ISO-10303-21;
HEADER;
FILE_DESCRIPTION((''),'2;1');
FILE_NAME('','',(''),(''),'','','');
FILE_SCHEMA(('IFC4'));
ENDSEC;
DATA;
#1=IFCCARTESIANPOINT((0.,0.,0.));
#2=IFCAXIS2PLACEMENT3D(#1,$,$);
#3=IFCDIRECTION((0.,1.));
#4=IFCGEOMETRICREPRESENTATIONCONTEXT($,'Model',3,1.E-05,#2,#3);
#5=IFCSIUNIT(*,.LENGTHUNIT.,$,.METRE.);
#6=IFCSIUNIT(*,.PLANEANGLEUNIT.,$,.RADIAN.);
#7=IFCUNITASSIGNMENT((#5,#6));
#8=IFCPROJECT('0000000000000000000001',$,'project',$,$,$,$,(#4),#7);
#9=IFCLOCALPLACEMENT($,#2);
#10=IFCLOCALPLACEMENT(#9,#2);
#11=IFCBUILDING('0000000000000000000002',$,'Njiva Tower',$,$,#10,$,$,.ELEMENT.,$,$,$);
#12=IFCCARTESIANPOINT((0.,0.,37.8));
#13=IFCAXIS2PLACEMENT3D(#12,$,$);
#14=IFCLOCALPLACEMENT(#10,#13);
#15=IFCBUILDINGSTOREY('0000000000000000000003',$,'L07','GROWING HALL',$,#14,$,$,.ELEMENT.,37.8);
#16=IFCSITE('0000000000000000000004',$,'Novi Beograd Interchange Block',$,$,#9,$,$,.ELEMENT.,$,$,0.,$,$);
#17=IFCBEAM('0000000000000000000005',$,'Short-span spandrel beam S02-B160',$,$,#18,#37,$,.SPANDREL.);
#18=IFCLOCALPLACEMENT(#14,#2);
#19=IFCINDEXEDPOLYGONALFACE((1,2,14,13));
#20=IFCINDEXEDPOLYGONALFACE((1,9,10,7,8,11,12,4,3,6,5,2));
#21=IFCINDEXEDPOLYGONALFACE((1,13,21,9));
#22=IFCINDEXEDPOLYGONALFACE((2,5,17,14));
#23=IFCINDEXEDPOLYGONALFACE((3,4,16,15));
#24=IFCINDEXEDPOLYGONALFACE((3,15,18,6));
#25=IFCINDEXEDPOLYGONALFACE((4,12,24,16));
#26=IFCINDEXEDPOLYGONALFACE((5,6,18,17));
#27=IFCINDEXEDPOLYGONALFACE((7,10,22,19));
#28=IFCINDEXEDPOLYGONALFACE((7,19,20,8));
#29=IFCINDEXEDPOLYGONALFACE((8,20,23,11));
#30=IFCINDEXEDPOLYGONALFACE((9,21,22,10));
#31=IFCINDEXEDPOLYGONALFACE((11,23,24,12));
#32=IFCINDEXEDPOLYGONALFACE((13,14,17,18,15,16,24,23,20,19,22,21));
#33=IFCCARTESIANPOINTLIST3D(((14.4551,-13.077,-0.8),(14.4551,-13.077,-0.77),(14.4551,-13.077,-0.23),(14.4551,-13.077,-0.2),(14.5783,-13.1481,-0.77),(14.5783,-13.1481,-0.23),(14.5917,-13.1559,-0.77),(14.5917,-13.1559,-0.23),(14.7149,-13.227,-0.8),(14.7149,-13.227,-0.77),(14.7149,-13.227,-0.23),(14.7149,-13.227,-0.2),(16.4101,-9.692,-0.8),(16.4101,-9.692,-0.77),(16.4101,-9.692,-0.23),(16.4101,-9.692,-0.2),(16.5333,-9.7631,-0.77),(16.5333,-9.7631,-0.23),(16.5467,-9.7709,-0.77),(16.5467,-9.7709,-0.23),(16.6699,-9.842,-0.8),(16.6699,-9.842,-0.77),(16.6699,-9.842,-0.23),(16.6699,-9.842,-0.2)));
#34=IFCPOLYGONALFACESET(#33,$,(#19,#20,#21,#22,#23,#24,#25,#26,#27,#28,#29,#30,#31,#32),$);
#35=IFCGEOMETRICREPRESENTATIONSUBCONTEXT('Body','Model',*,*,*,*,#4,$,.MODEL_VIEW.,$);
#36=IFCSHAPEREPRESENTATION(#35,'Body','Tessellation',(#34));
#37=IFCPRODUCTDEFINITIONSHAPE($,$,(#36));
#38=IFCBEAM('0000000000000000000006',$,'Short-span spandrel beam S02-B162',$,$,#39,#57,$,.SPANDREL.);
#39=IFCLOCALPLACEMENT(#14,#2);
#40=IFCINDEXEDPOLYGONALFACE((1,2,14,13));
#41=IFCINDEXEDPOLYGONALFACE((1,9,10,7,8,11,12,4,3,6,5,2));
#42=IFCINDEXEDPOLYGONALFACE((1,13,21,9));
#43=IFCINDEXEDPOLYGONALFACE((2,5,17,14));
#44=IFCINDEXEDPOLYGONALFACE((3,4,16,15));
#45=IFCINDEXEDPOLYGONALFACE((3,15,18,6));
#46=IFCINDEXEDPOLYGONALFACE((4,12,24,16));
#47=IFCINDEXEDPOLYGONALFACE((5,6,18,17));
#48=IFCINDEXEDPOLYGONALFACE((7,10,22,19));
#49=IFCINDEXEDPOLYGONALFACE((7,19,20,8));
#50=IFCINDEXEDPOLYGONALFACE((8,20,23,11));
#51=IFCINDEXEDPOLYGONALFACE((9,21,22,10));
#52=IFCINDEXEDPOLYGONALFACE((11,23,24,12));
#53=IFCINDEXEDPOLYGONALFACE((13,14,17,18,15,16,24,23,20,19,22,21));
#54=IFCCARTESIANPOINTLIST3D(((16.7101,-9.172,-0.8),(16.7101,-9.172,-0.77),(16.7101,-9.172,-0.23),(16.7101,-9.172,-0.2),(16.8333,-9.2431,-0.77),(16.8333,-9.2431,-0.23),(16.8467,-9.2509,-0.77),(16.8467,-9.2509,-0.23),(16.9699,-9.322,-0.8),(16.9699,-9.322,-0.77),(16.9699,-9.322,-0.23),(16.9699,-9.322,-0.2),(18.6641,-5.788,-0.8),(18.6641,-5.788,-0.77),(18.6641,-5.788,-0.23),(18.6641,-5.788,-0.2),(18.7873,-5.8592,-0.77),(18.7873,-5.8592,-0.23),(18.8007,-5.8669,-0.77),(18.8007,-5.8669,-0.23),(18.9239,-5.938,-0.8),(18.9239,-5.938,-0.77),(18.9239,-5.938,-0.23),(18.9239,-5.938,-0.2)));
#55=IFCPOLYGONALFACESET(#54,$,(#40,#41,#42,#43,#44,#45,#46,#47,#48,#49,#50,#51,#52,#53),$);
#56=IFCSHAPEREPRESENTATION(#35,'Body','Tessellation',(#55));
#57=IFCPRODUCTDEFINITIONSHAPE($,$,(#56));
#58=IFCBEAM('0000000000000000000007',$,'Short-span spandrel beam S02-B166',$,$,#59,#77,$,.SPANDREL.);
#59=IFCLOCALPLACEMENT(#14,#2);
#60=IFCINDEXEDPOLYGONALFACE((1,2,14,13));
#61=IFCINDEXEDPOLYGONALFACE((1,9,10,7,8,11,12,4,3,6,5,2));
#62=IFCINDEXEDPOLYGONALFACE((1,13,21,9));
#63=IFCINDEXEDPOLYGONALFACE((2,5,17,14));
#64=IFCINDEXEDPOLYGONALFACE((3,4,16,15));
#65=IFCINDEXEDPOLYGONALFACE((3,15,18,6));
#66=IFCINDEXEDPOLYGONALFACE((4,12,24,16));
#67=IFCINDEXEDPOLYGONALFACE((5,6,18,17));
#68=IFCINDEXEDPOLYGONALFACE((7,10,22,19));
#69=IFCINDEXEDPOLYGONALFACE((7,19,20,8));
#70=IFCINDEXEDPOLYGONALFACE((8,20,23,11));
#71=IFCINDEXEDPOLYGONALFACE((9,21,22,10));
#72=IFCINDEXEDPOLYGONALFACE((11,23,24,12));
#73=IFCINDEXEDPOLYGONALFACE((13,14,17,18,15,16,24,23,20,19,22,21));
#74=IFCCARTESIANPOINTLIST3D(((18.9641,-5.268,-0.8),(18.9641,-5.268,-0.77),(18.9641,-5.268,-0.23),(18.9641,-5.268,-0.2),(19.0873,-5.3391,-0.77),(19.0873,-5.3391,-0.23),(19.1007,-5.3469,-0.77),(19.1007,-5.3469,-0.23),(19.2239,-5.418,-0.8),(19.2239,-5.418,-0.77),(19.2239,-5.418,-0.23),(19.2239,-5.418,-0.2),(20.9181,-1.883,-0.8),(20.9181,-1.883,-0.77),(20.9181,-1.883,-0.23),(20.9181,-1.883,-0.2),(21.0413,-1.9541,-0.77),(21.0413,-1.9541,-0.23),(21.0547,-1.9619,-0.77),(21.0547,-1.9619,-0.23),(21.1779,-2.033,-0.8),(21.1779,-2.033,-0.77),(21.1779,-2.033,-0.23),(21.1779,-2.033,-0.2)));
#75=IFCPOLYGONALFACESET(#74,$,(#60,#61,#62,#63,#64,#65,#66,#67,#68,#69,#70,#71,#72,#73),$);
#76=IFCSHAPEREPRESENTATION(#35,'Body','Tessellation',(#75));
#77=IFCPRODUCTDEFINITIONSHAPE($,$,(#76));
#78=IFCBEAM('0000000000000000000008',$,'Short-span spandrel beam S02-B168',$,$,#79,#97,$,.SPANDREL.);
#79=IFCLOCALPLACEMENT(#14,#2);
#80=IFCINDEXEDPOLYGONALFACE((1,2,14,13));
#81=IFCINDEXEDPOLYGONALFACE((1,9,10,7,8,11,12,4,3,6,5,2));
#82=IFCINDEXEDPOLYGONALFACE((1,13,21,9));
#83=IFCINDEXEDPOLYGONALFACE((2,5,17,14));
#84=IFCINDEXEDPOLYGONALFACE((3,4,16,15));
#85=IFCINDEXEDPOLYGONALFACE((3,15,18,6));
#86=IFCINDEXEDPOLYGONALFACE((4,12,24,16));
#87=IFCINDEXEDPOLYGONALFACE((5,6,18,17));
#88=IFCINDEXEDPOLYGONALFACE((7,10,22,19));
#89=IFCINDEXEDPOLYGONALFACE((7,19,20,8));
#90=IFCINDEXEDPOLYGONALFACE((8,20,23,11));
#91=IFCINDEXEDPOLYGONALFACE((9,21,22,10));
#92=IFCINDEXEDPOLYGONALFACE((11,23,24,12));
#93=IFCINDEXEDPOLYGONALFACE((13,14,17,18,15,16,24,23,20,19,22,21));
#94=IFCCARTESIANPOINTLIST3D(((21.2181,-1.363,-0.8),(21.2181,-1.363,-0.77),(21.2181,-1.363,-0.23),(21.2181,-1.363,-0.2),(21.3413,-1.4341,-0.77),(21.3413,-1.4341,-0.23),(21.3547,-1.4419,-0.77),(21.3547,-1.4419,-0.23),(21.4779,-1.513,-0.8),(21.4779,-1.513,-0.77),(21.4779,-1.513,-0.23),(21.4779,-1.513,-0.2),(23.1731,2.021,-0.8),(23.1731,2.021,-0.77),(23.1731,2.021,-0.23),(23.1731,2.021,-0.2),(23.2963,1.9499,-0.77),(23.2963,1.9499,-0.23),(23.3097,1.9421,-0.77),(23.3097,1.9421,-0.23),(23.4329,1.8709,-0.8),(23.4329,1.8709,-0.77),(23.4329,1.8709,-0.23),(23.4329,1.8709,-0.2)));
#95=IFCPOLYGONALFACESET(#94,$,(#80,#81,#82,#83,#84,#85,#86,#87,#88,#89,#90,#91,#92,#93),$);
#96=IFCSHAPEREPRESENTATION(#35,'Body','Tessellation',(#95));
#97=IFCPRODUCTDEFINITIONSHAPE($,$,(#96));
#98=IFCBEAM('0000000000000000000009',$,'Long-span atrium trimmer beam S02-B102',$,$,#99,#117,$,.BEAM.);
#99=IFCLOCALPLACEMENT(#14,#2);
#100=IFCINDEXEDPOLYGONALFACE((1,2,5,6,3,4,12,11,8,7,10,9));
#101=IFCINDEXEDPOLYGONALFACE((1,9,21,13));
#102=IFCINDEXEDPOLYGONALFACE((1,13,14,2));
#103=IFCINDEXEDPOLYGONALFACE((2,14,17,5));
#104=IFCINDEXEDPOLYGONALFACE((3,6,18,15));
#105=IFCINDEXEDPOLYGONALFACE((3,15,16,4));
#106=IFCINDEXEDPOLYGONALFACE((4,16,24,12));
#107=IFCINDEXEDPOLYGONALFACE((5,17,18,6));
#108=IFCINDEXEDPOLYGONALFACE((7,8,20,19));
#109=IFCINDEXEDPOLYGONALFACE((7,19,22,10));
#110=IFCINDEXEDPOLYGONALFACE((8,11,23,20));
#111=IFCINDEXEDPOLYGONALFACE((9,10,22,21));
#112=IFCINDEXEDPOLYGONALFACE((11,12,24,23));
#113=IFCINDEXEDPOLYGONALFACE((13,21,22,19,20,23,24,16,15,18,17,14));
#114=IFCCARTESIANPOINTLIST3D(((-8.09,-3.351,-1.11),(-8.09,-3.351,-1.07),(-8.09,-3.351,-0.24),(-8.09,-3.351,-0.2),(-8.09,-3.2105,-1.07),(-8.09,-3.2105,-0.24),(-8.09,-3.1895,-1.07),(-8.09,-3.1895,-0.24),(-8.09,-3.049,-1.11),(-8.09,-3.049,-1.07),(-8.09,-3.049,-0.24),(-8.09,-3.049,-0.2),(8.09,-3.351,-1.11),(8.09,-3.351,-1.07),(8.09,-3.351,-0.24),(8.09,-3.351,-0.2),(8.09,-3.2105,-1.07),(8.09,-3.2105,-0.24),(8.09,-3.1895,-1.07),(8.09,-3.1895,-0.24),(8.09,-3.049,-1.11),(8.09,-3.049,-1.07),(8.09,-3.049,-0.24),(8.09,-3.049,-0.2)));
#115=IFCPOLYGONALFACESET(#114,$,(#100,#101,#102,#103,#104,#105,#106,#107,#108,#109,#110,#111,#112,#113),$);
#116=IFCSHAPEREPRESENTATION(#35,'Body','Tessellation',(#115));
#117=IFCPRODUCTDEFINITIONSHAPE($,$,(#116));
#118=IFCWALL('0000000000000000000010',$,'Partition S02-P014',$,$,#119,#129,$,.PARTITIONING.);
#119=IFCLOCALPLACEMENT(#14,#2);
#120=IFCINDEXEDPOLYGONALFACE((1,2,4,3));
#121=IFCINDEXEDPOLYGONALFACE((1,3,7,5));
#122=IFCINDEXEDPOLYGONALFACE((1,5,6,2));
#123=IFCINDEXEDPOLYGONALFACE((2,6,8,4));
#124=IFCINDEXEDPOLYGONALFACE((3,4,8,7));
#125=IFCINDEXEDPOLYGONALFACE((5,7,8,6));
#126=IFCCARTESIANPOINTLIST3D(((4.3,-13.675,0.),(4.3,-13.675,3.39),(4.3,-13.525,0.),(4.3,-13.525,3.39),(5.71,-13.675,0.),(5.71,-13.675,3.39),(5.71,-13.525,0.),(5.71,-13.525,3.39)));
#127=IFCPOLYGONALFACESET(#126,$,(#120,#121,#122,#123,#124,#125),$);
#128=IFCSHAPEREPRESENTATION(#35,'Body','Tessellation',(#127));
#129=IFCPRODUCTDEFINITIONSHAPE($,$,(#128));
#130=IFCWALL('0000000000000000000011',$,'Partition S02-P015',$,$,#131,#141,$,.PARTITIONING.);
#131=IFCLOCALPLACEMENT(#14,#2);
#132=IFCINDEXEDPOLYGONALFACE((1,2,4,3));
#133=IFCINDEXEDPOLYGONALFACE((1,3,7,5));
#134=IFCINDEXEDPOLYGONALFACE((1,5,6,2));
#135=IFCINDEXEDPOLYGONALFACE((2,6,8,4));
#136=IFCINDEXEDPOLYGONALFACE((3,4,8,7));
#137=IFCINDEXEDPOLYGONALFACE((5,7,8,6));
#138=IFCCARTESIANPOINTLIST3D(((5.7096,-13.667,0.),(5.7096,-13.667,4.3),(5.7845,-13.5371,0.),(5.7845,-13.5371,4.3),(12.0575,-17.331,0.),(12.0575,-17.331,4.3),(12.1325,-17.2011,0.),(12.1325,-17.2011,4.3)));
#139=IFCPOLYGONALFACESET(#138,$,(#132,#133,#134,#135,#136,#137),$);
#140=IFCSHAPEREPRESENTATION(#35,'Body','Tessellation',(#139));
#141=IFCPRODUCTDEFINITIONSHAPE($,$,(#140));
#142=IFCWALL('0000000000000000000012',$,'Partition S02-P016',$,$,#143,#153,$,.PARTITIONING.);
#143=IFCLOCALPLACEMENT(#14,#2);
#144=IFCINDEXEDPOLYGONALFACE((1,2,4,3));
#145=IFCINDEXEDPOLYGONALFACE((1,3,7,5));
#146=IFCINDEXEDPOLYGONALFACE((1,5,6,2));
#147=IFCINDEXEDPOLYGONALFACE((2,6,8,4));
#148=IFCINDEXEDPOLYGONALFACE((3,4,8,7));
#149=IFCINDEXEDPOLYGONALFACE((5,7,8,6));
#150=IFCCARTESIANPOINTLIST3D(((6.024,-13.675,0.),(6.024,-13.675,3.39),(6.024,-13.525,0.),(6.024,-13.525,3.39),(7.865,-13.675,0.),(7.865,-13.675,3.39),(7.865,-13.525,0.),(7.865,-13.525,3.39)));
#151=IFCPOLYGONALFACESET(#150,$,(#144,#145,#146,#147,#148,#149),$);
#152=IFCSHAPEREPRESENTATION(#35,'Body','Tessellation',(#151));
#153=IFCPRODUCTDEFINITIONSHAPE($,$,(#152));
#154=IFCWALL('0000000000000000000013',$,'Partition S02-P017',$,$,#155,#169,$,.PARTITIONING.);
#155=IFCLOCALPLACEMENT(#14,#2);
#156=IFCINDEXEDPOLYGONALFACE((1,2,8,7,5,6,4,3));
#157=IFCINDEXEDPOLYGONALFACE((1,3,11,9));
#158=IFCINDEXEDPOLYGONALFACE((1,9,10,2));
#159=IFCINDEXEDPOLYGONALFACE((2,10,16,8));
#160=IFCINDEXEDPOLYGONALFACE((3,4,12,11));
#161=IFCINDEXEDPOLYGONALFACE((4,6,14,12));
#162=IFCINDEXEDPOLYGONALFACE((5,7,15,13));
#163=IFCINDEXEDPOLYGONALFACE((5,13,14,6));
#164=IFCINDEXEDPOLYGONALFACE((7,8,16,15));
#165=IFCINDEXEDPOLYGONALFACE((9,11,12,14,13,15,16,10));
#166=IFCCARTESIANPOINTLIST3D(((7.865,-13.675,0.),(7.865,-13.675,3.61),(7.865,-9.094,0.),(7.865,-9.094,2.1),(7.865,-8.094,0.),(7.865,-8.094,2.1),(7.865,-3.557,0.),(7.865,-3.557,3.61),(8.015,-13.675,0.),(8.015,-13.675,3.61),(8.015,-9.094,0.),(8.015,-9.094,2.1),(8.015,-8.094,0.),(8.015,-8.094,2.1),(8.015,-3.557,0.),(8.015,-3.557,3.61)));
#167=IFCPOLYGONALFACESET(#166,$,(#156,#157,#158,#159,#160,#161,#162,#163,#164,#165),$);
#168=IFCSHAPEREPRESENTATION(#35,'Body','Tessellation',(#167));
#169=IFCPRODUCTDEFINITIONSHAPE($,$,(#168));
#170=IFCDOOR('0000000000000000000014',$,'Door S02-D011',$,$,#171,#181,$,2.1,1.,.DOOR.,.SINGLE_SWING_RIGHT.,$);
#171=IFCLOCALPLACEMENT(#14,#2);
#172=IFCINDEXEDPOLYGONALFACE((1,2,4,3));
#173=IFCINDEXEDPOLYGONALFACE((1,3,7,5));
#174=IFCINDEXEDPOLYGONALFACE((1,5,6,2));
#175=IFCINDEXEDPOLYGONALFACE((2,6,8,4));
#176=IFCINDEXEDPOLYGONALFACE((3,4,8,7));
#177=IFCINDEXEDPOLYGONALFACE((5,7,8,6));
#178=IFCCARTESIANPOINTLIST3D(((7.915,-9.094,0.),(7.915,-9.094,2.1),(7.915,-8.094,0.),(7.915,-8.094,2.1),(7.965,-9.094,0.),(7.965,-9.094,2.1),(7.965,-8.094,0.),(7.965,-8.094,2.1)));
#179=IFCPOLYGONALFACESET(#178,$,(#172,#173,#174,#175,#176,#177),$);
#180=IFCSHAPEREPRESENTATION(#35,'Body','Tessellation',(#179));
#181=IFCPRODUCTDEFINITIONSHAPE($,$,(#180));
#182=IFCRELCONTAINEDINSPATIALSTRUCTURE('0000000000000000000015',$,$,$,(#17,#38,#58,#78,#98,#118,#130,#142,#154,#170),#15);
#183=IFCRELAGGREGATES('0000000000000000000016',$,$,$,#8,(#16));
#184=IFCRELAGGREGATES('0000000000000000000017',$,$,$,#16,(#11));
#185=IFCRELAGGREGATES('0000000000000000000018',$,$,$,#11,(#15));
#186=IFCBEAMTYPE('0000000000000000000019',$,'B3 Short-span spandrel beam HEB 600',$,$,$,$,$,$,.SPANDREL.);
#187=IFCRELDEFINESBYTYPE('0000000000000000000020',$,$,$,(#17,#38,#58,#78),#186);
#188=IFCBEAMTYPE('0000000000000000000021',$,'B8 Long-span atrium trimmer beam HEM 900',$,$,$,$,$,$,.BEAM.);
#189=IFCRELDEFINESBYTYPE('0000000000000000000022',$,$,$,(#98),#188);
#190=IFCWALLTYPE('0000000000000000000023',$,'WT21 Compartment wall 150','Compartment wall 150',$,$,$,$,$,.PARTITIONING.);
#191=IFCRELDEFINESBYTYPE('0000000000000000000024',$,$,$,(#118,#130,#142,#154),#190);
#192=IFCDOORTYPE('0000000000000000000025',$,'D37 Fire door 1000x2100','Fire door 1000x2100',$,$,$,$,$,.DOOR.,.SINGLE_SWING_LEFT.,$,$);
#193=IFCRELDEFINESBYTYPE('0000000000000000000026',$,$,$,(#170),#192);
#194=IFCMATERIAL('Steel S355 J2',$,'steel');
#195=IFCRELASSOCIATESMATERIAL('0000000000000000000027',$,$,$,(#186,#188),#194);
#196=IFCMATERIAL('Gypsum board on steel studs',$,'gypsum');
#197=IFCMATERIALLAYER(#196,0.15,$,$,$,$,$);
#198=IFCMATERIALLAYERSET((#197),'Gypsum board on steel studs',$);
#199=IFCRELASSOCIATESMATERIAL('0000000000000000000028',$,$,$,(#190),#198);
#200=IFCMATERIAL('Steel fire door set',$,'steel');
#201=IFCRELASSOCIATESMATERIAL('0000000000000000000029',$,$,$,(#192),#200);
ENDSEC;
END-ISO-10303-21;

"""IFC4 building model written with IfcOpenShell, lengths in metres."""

from ifc_helpers import new_model, si_unit, direction, frame, frame_2d, origin, origin_2d, place, context, subcontext, project, spatial, rectangle, i_section, extrude, material, layer, layer_set, material_profile, profile_set, type_object, element, fill, save


model = new_model("IFC4")

# Units and contexts
model_context = context("Model", 3, precision=1e-05, world=origin(), true_north=direction((0.0, 1.0)))
body_context = subcontext(model_context, "Body", "Model", "MODEL_VIEW")
ifc_project = project(units=[si_unit("LENGTHUNIT", "METRE"), si_unit("PLANEANGLEUNIT", "RADIAN")], contexts=[model_context])

# Site, building, storey
site_placement = place(None, origin())
site = spatial("IfcSite", under=ifc_project, at=site_placement, Name="Novi Beograd Interchange Block", CompositionType="ELEMENT", RefElevation=0.0)
building_placement = place(site_placement, origin())
building = spatial("IfcBuilding", under=site, at=building_placement, Name="Njiva Tower", CompositionType="ELEMENT")
storey_placement = place(building_placement, frame((0.0, 0.0, 37.8)))
storey = spatial("IfcBuildingStorey", under=building, at=storey_placement, Name="L07", Description="GROWING HALL", CompositionType="ELEMENT", Elevation=37.8)

# Shared definitions
ifc_material_1 = material(Name="Steel S355 J2", Category="steel")

# Beams
ifc_material_profile_1 = material_profile(ifc_material_1, i_section(OverallWidth=0.3, OverallDepth=0.6, WebThickness=0.0155, FlangeThickness=0.03, at=origin_2d()), Name="HEB 600")
ifc_profile_set_1 = profile_set([ifc_material_profile_1], Name="Steel S355 J2")
beam_type_1 = type_object("IfcBeamType", Name="B3 Short-span spandrel beam HEB 600", PredefinedType="SPANDREL", material=ifc_profile_set_1)
beam_1_placement = place(storey_placement, frame((14.585, -13.152, -0.5), z_axis=(0.500128, 0.865951, 0.0), x_axis=(-0.865951, 0.500128, 0.0)))
element("IfcBeam", 1, at=beam_1_placement, inside=storey, type_object=beam_type_1, Name="Short-span spandrel beam S02-B160", PredefinedType="SPANDREL", context=body_context, shape_type="SweptSolid", body=[
    extrude(i_section(OverallWidth=0.3, OverallDepth=0.6, WebThickness=0.0155, FlangeThickness=0.03, at=origin_2d()), origin(), (0.0, 0.0, 1.0), 3.909),
])
beam_2_placement = place(storey_placement, frame((16.84, -9.247, -0.5), z_axis=(0.500047, 0.865998, 0.0), x_axis=(-0.865998, 0.500047, 0.0)))
element("IfcBeam", 2, at=beam_2_placement, inside=storey, type_object=beam_type_1, Name="Short-span spandrel beam S02-B162", PredefinedType="SPANDREL", context=body_context, shape_type="SweptSolid", body=[
    extrude(i_section(OverallWidth=0.3, OverallDepth=0.6, WebThickness=0.0155, FlangeThickness=0.03, at=origin_2d()), origin(), (0.0, 0.0, 1.0), 3.9076),
])
beam_3_placement = place(storey_placement, frame((19.094, -5.343, -0.5), z_axis=(0.499937, 0.866062, 0.0), x_axis=(-0.866062, 0.499937, 0.0)))
element("IfcBeam", 3, at=beam_3_placement, inside=storey, type_object=beam_type_1, Name="Short-span spandrel beam S02-B166", PredefinedType="SPANDREL", context=body_context, shape_type="SweptSolid", body=[
    extrude(i_section(OverallWidth=0.3, OverallDepth=0.6, WebThickness=0.0155, FlangeThickness=0.03, at=origin_2d()), origin(), (0.0, 0.0, 1.0), 3.9085),
])
beam_4_placement = place(storey_placement, frame((21.348, -1.438, -0.5), z_axis=(0.500239, 0.865887, 0.0), x_axis=(-0.865887, 0.500239, 0.0)))
element("IfcBeam", 4, at=beam_4_placement, inside=storey, type_object=beam_type_1, Name="Short-span spandrel beam S02-B168", PredefinedType="SPANDREL", context=body_context, shape_type="SweptSolid", body=[
    extrude(i_section(OverallWidth=0.3, OverallDepth=0.6, WebThickness=0.0155, FlangeThickness=0.03, at=origin_2d()), origin(), (0.0, 0.0, 1.0), 3.9081),
])
ifc_material_profile_2 = material_profile(ifc_material_1, i_section(OverallWidth=0.302, OverallDepth=0.91, WebThickness=0.021, FlangeThickness=0.04, at=origin_2d()), Name="HEM 900")
ifc_profile_set_2 = profile_set([ifc_material_profile_2], Name="Steel S355 J2")
beam_type_2 = type_object("IfcBeamType", Name="B8 Long-span atrium trimmer beam HEM 900", PredefinedType="BEAM", material=ifc_profile_set_2)
beam_5_placement = place(storey_placement, frame((8.09, -3.2, -0.655), z_axis=(-1.0, 0.0, 0.0), x_axis=(0.0, -1.0, 0.0)))
element("IfcBeam", 5, at=beam_5_placement, inside=storey, type_object=beam_type_2, Name="Long-span atrium trimmer beam S02-B102", PredefinedType="BEAM", context=body_context, shape_type="SweptSolid", body=[
    extrude(i_section(OverallWidth=0.302, OverallDepth=0.91, WebThickness=0.021, FlangeThickness=0.04, at=origin_2d()), origin(), (0.0, 0.0, 1.0), 16.18),
])

# Walls
ifc_material_2 = material(Name="Gypsum board on steel studs", Category="gypsum")
ifc_layer_1 = layer(ifc_material_2, 0.15)
ifc_layer_set_1 = layer_set([ifc_layer_1], Name="Gypsum board on steel studs")
wall_type_1 = type_object("IfcWallType", Name="WT21 Compartment wall 150", Description="Compartment wall 150", PredefinedType="PARTITIONING", material=ifc_layer_set_1)
wall_1_placement = place(storey_placement, frame((4.3, -13.6, 0.0), z_axis=(0.0, 0.0, 1.0), x_axis=(1.0, 0.0, 0.0)))
element("IfcWall", 6, at=wall_1_placement, inside=storey, type_object=wall_type_1, Name="Partition S02-P014", PredefinedType="PARTITIONING", context=body_context, shape_type="SweptSolid", body=[
    extrude(rectangle(XDim=1.41, YDim=0.15, at=frame_2d((0.705, 0.0))), origin(), (0.0, 0.0, 1.0), 3.39),
])
wall_2_placement = place(storey_placement, frame((5.747, -13.602, 0.0), z_axis=(0.0, 0.0, 1.0), x_axis=(0.866086, -0.499896, 0.0)))
element("IfcWall", 7, at=wall_2_placement, inside=storey, type_object=wall_type_1, Name="Partition S02-P015", PredefinedType="PARTITIONING", context=body_context, shape_type="SweptSolid", body=[
    extrude(rectangle(XDim=7.3295, YDim=0.15, at=frame_2d((3.6648, 0.0))), origin(), (0.0, 0.0, 1.0), 4.3),
])
wall_3_placement = place(storey_placement, frame((6.024, -13.6, 0.0), z_axis=(0.0, 0.0, 1.0), x_axis=(1.0, 0.0, 0.0)))
element("IfcWall", 8, at=wall_3_placement, inside=storey, type_object=wall_type_1, Name="Partition S02-P016", PredefinedType="PARTITIONING", context=body_context, shape_type="SweptSolid", body=[
    extrude(rectangle(XDim=1.841, YDim=0.15, at=frame_2d((0.9205, 0.0))), origin(), (0.0, 0.0, 1.0), 3.39),
])

# Wall, opening, door
wall_4_placement = place(storey_placement, frame((7.94, -13.675, 0.0), z_axis=(0.0, 0.0, 1.0), x_axis=(0.0, 1.0, 0.0)))
wall_4 = element("IfcWall", 9, at=wall_4_placement, inside=storey, type_object=wall_type_1, Name="Partition S02-P017", PredefinedType="PARTITIONING", context=body_context, shape_type="SweptSolid", body=[
    extrude(rectangle(XDim=10.118, YDim=0.15, at=frame_2d((5.059, 0.0))), origin(), (0.0, 0.0, 1.0), 3.61),
])
opening_1_placement = place(wall_4_placement, frame((4.581, 0.0, 0.0)))
opening_1 = element("IfcOpeningElement", 10, at=opening_1_placement, cuts=wall_4, PredefinedType="OPENING", context=body_context, shape_type="SweptSolid", body=[
    extrude(rectangle(XDim=1.0, YDim=2.1, at=frame_2d((0.5, 1.05))), frame((0.0, 0.085, 0.0), z_axis=(0.0, -1.0, 0.0), x_axis=(1.0, 0.0, 0.0)), (0.0, 0.0, 1.0), 0.17),
])
ifc_material_3 = material(Name="Steel fire door set", Category="steel")
door_type = type_object("IfcDoorType", Name="D37 Fire door 1000x2100", Description="Fire door 1000x2100", OperationType="SINGLE_SWING_LEFT", PredefinedType="DOOR", material=ifc_material_3)
door_1_placement = place(opening_1_placement, origin())
door_1 = element("IfcDoor", 11, at=door_1_placement, inside=storey, type_object=door_type, Name="Door S02-D011", OperationType="SINGLE_SWING_RIGHT", OverallHeight=2.1, OverallWidth=1.0, PredefinedType="DOOR", context=body_context, shape_type="SweptSolid", body=[
    extrude(rectangle(XDim=1.0, YDim=2.1, at=frame_2d((0.5, 1.05))), frame((0.0, 0.025, 0.0), z_axis=(0.0, -1.0, 0.0), x_axis=(1.0, 0.0, 0.0)), (0.0, 0.0, 1.0), 0.05),
])
fill(opening_1, door_1)

save(model, "model.ifc")
